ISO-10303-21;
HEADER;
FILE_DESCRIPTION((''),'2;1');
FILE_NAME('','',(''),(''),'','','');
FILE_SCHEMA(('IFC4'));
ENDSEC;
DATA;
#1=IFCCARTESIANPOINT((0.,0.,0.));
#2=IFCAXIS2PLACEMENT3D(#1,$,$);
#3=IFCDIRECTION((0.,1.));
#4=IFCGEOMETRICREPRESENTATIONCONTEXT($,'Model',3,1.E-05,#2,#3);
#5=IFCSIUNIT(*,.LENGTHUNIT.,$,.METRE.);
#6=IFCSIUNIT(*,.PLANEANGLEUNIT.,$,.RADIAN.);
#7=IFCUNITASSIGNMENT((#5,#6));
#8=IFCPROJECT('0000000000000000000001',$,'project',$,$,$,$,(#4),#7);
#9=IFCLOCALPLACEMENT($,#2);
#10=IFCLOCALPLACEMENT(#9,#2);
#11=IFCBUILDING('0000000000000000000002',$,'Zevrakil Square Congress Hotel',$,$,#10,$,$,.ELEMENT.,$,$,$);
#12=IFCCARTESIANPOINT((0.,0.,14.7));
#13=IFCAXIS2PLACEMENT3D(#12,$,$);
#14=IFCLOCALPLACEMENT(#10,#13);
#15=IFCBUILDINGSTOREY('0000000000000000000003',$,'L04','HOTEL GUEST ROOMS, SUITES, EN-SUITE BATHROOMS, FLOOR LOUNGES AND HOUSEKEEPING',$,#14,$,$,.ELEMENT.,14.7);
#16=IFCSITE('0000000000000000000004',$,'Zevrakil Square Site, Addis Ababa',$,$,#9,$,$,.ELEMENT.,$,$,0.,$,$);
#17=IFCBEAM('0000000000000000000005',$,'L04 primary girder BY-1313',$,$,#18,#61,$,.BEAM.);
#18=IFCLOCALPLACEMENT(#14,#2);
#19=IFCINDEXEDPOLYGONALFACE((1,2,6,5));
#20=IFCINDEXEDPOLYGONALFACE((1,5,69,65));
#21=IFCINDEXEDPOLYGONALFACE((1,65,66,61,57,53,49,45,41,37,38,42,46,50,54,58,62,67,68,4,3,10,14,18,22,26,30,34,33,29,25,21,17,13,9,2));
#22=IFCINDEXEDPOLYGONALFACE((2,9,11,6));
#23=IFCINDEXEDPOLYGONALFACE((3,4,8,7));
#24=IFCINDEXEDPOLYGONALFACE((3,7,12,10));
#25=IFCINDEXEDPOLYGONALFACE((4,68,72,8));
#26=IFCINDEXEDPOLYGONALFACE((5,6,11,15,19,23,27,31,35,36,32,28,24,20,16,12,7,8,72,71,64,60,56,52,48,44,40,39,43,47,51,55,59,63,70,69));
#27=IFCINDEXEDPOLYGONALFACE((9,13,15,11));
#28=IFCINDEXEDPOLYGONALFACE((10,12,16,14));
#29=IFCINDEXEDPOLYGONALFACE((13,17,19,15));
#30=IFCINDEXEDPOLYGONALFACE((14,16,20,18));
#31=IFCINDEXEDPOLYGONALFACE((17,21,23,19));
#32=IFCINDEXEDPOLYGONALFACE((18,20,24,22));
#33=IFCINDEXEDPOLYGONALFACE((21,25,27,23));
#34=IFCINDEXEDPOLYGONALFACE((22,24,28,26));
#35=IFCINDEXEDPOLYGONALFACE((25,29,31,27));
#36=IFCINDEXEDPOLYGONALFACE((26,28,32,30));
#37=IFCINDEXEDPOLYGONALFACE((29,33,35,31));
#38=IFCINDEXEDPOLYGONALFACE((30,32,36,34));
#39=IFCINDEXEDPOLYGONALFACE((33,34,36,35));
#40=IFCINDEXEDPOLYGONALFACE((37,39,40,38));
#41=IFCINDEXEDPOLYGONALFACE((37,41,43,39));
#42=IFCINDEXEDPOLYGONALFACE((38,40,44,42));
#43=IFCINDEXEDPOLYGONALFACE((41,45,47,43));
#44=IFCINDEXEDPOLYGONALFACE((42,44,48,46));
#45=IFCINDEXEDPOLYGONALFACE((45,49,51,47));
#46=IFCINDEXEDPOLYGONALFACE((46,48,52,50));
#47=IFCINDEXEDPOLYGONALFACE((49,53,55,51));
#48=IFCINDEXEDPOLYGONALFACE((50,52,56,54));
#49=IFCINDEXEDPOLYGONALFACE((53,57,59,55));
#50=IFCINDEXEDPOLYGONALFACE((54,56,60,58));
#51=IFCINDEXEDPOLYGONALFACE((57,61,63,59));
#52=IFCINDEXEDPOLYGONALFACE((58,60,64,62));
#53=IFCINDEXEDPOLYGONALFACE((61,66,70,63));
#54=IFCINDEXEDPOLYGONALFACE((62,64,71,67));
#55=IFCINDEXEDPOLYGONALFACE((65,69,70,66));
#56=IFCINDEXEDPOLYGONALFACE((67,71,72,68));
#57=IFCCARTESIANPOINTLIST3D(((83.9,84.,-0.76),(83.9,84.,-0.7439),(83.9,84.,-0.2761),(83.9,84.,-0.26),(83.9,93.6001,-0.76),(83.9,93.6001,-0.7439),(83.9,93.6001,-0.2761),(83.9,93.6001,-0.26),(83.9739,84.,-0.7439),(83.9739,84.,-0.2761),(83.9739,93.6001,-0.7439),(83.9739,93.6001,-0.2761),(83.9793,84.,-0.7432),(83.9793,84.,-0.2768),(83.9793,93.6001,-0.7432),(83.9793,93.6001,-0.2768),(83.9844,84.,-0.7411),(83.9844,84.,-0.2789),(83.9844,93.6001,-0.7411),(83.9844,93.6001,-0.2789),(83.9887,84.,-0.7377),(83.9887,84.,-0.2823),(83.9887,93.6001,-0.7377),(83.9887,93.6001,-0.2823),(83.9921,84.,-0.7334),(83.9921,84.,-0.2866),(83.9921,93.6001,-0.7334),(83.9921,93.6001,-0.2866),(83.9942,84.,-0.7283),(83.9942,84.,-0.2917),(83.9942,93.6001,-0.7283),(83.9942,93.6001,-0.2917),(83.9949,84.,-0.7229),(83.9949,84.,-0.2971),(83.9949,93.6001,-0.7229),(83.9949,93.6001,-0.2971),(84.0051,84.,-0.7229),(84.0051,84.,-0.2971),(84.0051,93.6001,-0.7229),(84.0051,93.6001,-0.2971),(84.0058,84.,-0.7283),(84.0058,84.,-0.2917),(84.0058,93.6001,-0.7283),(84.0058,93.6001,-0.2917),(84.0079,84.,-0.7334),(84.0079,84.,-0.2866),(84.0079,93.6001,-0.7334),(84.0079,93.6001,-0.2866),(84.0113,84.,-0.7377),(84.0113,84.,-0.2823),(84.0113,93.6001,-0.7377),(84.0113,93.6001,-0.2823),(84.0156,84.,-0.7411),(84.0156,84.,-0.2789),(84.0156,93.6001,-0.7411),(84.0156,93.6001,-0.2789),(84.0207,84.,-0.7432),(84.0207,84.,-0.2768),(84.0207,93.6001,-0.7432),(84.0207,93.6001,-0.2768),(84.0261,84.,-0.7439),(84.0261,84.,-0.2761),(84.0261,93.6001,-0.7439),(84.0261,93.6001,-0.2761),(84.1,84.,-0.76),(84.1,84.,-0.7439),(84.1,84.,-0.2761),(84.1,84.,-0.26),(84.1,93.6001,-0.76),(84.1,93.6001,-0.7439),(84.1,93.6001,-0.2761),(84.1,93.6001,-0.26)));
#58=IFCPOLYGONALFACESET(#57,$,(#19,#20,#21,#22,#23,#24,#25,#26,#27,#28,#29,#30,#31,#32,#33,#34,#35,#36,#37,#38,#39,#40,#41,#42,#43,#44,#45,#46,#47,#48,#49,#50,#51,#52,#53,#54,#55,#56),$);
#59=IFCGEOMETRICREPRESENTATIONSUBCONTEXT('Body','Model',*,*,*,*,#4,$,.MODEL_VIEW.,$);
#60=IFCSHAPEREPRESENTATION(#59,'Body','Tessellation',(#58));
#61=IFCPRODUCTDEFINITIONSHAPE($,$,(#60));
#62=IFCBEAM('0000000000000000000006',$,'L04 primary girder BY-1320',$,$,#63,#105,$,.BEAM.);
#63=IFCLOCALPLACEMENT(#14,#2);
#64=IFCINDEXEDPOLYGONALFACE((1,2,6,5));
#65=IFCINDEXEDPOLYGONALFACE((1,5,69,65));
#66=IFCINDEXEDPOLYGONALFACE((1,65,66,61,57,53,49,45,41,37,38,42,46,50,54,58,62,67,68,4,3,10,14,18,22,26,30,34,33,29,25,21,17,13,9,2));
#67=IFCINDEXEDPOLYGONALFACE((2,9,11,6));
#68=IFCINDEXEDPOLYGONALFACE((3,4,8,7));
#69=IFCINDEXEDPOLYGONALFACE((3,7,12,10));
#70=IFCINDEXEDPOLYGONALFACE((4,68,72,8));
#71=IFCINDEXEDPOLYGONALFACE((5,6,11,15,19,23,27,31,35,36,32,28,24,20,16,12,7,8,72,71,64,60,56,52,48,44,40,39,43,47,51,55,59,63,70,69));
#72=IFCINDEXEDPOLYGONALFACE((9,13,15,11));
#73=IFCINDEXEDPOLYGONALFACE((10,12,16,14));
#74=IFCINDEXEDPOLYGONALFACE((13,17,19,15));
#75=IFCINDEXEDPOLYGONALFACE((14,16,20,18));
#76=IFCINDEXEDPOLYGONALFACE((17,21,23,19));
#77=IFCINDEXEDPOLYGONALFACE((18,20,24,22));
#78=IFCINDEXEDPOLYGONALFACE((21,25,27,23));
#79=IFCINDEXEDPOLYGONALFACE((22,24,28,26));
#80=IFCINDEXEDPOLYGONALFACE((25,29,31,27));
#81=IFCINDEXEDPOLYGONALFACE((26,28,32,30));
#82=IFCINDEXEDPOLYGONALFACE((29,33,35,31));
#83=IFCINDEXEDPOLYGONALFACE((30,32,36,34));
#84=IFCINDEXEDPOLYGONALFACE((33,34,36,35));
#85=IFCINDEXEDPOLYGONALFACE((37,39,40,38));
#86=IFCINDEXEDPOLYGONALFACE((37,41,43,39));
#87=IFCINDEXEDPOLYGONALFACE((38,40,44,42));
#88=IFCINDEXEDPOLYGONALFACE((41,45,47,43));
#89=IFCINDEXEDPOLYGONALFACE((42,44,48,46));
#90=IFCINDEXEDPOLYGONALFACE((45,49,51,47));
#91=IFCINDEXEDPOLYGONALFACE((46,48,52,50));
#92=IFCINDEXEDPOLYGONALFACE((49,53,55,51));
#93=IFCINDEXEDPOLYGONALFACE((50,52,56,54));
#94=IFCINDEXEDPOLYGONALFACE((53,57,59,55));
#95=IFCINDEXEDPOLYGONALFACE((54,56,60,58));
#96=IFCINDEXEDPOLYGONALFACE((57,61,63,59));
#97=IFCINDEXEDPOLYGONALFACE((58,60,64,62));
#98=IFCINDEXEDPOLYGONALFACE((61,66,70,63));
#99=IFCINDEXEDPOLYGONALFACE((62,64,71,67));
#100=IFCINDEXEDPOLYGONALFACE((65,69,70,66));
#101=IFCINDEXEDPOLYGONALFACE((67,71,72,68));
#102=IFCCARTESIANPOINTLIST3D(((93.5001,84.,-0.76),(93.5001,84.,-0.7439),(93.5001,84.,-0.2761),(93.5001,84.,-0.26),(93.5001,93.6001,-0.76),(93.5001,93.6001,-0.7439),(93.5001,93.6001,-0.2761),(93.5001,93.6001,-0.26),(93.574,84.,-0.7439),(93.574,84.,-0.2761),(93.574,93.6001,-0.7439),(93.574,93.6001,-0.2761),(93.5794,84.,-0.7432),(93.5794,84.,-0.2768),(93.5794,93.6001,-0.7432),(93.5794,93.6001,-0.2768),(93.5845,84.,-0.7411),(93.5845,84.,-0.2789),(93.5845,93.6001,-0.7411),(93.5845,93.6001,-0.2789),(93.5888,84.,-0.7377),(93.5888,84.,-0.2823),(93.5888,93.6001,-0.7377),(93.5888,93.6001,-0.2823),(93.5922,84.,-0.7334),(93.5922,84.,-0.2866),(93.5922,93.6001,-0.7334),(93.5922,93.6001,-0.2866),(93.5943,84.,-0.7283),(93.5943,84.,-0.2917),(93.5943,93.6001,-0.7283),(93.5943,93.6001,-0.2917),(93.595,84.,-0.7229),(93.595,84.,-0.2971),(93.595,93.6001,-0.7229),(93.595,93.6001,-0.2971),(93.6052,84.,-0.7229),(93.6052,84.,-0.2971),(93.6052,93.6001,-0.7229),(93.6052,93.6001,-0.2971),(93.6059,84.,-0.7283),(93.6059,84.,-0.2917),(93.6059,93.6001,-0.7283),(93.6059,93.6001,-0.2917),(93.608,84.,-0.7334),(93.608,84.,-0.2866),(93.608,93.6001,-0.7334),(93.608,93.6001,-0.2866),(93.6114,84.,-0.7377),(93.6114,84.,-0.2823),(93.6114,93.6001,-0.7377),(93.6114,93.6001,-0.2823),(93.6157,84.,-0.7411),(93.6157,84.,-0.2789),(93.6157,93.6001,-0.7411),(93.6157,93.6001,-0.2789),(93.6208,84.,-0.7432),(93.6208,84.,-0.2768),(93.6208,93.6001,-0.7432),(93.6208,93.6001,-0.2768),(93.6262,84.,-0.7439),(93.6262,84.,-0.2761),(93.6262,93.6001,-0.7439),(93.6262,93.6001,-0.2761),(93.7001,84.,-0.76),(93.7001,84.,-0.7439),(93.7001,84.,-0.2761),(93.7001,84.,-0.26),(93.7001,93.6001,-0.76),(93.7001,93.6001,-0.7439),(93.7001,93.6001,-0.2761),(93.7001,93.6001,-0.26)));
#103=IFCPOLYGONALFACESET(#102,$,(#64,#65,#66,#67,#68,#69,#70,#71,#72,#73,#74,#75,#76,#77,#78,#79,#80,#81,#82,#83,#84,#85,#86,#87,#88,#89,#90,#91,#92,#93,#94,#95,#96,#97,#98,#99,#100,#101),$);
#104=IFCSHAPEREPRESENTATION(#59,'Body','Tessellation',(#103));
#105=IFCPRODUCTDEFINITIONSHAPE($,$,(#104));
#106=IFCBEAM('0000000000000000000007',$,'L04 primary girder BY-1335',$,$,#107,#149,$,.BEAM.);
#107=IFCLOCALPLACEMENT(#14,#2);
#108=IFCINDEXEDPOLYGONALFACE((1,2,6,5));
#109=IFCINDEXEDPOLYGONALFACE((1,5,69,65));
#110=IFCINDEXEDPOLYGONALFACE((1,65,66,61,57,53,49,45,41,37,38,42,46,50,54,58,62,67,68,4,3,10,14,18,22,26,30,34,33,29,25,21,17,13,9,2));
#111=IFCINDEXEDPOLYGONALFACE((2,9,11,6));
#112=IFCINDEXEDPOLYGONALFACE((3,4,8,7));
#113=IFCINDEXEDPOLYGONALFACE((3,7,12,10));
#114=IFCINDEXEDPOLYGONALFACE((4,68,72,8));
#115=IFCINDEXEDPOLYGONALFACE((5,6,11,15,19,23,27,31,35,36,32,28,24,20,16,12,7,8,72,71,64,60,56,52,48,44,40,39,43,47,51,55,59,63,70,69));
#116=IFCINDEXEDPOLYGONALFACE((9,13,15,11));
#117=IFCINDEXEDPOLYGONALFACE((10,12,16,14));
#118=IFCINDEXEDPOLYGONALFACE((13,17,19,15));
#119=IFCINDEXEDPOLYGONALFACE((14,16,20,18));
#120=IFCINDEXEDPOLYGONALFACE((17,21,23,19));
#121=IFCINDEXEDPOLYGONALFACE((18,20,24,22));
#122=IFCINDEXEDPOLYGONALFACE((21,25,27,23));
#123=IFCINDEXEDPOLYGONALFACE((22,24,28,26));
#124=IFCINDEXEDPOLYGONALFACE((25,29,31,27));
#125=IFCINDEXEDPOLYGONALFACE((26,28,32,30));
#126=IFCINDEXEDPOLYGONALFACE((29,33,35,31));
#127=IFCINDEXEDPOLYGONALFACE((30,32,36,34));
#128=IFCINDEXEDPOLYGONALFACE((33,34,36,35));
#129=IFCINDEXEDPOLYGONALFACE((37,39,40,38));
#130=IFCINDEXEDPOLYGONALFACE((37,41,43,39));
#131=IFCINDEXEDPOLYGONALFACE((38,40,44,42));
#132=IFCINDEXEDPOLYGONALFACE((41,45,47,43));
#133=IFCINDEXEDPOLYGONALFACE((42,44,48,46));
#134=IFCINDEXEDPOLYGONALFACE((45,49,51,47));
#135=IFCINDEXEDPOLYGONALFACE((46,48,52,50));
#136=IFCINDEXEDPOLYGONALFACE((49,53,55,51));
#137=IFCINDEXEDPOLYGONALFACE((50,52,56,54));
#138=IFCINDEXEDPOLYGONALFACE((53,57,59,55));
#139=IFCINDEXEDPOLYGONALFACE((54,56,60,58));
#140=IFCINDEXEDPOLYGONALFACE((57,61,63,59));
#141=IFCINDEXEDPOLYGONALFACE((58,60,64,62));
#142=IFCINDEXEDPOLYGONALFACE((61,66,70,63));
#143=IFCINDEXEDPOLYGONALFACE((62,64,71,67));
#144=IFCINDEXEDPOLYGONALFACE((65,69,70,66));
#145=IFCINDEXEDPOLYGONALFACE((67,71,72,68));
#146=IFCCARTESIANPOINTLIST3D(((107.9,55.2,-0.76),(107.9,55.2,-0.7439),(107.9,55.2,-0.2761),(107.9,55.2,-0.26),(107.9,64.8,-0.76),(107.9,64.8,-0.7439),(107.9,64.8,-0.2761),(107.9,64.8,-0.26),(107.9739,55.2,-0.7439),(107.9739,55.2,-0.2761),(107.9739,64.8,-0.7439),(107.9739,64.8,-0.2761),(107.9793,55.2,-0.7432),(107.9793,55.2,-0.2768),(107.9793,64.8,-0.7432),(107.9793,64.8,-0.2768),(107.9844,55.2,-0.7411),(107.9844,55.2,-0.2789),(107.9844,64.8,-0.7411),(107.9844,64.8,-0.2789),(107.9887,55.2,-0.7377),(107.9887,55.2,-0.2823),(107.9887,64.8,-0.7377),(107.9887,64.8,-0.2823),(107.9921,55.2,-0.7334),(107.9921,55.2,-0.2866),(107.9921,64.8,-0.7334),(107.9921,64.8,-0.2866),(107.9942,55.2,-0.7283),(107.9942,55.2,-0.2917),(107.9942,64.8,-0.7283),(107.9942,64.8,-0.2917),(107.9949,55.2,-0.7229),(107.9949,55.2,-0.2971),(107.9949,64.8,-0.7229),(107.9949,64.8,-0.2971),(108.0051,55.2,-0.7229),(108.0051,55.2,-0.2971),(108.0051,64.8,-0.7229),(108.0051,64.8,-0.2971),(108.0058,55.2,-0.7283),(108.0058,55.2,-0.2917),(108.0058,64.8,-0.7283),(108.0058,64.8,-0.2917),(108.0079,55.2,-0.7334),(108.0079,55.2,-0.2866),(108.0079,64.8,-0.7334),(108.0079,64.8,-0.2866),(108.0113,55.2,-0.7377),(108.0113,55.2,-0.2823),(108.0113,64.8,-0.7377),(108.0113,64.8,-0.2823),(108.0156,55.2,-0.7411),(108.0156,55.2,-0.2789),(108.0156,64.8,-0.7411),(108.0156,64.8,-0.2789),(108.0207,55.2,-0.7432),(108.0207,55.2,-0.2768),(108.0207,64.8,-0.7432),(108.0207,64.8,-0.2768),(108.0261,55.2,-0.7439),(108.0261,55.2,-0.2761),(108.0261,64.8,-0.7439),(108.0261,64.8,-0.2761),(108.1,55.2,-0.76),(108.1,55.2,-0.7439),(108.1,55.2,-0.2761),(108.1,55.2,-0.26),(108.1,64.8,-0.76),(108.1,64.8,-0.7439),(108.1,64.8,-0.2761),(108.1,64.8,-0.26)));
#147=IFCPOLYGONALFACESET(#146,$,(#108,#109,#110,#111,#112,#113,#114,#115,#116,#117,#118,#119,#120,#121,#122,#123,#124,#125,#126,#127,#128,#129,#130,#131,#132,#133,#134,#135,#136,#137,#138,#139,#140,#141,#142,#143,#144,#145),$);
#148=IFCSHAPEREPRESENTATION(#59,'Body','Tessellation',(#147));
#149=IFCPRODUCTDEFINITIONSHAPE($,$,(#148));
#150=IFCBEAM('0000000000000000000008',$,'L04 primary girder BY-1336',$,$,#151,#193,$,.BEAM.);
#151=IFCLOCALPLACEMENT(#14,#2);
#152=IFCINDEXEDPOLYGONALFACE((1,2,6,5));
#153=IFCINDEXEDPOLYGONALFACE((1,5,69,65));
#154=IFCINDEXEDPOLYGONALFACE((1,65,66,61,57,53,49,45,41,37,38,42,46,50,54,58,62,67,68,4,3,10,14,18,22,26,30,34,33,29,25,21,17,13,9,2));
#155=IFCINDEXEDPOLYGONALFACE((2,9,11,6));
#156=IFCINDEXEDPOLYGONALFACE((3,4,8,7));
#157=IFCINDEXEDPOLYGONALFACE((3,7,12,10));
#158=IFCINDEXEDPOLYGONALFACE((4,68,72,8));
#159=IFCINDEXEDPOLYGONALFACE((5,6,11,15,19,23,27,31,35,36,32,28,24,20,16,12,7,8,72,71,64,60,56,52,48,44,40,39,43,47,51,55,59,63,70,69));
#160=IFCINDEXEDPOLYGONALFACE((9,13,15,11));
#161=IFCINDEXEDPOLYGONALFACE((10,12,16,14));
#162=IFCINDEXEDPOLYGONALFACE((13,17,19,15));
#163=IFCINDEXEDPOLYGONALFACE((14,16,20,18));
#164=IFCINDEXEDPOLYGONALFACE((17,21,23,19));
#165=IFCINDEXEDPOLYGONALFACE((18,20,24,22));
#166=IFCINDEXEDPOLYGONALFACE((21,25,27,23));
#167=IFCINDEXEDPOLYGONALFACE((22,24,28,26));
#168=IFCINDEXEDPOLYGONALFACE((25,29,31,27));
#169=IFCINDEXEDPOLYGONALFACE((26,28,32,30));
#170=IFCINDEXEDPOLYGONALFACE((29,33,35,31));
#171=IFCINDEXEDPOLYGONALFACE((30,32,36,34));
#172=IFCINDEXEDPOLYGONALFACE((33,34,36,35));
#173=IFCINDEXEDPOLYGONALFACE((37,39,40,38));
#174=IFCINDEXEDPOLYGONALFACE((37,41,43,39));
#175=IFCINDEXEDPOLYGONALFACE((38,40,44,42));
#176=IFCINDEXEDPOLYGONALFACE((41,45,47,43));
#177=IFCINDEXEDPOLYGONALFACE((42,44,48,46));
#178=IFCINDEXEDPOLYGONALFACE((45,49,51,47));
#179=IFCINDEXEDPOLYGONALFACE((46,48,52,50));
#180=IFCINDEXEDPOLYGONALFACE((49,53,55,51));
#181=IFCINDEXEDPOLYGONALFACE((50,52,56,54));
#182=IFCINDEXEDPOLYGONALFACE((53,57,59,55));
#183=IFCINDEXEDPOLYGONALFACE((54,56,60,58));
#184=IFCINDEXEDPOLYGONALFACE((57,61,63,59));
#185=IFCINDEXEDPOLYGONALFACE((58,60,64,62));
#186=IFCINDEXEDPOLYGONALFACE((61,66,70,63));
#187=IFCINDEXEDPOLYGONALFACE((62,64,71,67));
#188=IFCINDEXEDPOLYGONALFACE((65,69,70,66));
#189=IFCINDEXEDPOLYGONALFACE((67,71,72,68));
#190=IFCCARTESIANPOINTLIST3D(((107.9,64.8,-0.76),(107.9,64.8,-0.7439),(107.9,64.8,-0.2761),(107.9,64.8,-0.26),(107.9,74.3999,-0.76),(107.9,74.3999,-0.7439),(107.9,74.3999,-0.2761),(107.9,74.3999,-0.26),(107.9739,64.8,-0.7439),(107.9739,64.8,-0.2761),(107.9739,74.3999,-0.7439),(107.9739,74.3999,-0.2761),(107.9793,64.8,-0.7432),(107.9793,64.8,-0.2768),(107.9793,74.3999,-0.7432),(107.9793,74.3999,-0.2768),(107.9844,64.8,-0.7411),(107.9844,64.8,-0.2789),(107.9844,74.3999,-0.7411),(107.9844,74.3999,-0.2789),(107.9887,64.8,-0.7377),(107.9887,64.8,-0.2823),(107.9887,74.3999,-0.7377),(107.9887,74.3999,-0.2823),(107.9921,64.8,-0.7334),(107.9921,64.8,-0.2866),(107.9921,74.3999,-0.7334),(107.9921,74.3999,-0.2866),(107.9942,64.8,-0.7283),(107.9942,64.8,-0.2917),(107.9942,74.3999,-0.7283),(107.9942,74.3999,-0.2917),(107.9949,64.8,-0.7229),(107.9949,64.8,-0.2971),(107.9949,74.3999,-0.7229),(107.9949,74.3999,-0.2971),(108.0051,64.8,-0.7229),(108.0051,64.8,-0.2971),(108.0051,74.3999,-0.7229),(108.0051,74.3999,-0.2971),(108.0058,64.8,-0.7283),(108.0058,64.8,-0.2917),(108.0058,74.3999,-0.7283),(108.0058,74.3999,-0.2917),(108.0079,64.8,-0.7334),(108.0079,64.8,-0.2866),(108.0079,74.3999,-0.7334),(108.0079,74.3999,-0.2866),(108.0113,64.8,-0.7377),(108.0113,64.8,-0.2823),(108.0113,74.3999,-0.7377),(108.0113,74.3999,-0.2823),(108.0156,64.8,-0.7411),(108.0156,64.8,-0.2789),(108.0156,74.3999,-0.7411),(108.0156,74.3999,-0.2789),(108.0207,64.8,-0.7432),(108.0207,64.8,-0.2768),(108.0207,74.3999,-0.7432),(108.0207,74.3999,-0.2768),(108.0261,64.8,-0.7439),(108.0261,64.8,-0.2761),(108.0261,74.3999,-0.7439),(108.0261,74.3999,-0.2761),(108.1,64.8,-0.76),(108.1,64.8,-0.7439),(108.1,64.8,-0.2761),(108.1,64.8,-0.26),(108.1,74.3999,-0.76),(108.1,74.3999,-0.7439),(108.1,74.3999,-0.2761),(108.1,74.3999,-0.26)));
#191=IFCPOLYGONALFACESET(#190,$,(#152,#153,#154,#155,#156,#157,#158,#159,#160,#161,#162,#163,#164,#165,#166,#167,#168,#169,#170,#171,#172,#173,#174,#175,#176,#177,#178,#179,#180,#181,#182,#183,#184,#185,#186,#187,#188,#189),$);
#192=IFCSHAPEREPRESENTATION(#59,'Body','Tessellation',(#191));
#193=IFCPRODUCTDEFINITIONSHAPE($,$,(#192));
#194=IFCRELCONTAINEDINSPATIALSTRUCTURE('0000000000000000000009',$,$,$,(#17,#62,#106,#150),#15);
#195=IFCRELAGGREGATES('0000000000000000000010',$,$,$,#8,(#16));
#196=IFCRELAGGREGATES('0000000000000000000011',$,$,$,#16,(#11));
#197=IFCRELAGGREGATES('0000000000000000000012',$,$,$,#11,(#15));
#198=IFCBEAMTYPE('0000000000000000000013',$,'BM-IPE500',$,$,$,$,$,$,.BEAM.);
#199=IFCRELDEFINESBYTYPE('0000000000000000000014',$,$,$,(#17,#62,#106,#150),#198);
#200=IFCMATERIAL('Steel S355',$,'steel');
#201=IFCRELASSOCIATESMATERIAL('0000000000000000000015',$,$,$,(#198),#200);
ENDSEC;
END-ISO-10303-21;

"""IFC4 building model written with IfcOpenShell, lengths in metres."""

from ifc_helpers import new_model, si_unit, direction, frame, origin, origin_2d, place, context, subcontext, project, spatial, i_section, extrude, material, material_profile, profile_set, type_object, element, save


model = new_model("IFC4")

# Units and contexts
model_context = context("Model", 3, precision=1e-05, world=origin(), true_north=direction((0.0, 1.0)))
body_context = subcontext(model_context, "Body", "Model", "MODEL_VIEW")
ifc_project = project(units=[si_unit("LENGTHUNIT", "METRE"), si_unit("PLANEANGLEUNIT", "RADIAN")], contexts=[model_context])

# Site, building, storey
site_placement = place(None, origin())
site = spatial("IfcSite", under=ifc_project, at=site_placement, Name="Zevrakil Square Site, Addis Ababa", CompositionType="ELEMENT", RefElevation=0.0)
building_placement = place(site_placement, origin())
building = spatial("IfcBuilding", under=site, at=building_placement, Name="Zevrakil Square Congress Hotel", CompositionType="ELEMENT")
storey_placement = place(building_placement, frame((0.0, 0.0, 14.7)))
storey = spatial("IfcBuildingStorey", under=building, at=storey_placement, Name="L04", Description="HOTEL GUEST ROOMS, SUITES, EN-SUITE BATHROOMS, FLOOR LOUNGES AND HOUSEKEEPING", CompositionType="ELEMENT", Elevation=14.7)

# Beams
ifc_material_1 = material(Name="Steel S355", Category="steel")
ifc_material_profile_1 = material_profile(ifc_material_1, i_section(OverallWidth=0.2, OverallDepth=0.5, WebThickness=0.0103, FlangeThickness=0.0161, FilletRadius=0.021, at=origin_2d()), Name="IPE 500")
ifc_profile_set_1 = profile_set([ifc_material_profile_1], Name="Steel S355")
beam_type_1 = type_object("IfcBeamType", Name="BM-IPE500", PredefinedType="BEAM", material=ifc_profile_set_1)
for number, where, z_axis, x_axis, name in (
    (1, (84.0, 84.0, -0.51), (0.0, 1.0, 0.0), (-1.0, 0.0, 0.0), "L04 primary girder BY-1313"),
    (2, (93.6001, 84.0, -0.51), (0.0, 1.0, 0.0), (-1.0, 0.0, 0.0), "L04 primary girder BY-1320"),
    (3, (108.0, 55.2, -0.51), (0.0, 1.0, 0.0), (-1.0, 0.0, 0.0), "L04 primary girder BY-1335"),
):
    element("IfcBeam", number, at=place(storey_placement, frame(where, z_axis=z_axis, x_axis=x_axis)), inside=storey, type_object=beam_type_1, Name=name, PredefinedType="BEAM", context=body_context, shape_type="SweptSolid", body=[
        extrude(i_section(OverallWidth=0.2, OverallDepth=0.5, WebThickness=0.0103, FlangeThickness=0.0161, FilletRadius=0.021, at=origin_2d()), origin(), (0.0, 0.0, 1.0), 9.6001),
    ])
beam_1_placement = place(storey_placement, frame((108.0, 64.8, -0.51), z_axis=(0.0, 1.0, 0.0), x_axis=(-1.0, 0.0, 0.0)))
element("IfcBeam", 4, at=beam_1_placement, inside=storey, type_object=beam_type_1, Name="L04 primary girder BY-1336", PredefinedType="BEAM", context=body_context, shape_type="SweptSolid", body=[
    extrude(i_section(OverallWidth=0.2, OverallDepth=0.5, WebThickness=0.0103, FlangeThickness=0.0161, FilletRadius=0.021, at=origin_2d()), origin(), (0.0, 0.0, 1.0), 9.5999),
])

save(model, "model.ifc")
